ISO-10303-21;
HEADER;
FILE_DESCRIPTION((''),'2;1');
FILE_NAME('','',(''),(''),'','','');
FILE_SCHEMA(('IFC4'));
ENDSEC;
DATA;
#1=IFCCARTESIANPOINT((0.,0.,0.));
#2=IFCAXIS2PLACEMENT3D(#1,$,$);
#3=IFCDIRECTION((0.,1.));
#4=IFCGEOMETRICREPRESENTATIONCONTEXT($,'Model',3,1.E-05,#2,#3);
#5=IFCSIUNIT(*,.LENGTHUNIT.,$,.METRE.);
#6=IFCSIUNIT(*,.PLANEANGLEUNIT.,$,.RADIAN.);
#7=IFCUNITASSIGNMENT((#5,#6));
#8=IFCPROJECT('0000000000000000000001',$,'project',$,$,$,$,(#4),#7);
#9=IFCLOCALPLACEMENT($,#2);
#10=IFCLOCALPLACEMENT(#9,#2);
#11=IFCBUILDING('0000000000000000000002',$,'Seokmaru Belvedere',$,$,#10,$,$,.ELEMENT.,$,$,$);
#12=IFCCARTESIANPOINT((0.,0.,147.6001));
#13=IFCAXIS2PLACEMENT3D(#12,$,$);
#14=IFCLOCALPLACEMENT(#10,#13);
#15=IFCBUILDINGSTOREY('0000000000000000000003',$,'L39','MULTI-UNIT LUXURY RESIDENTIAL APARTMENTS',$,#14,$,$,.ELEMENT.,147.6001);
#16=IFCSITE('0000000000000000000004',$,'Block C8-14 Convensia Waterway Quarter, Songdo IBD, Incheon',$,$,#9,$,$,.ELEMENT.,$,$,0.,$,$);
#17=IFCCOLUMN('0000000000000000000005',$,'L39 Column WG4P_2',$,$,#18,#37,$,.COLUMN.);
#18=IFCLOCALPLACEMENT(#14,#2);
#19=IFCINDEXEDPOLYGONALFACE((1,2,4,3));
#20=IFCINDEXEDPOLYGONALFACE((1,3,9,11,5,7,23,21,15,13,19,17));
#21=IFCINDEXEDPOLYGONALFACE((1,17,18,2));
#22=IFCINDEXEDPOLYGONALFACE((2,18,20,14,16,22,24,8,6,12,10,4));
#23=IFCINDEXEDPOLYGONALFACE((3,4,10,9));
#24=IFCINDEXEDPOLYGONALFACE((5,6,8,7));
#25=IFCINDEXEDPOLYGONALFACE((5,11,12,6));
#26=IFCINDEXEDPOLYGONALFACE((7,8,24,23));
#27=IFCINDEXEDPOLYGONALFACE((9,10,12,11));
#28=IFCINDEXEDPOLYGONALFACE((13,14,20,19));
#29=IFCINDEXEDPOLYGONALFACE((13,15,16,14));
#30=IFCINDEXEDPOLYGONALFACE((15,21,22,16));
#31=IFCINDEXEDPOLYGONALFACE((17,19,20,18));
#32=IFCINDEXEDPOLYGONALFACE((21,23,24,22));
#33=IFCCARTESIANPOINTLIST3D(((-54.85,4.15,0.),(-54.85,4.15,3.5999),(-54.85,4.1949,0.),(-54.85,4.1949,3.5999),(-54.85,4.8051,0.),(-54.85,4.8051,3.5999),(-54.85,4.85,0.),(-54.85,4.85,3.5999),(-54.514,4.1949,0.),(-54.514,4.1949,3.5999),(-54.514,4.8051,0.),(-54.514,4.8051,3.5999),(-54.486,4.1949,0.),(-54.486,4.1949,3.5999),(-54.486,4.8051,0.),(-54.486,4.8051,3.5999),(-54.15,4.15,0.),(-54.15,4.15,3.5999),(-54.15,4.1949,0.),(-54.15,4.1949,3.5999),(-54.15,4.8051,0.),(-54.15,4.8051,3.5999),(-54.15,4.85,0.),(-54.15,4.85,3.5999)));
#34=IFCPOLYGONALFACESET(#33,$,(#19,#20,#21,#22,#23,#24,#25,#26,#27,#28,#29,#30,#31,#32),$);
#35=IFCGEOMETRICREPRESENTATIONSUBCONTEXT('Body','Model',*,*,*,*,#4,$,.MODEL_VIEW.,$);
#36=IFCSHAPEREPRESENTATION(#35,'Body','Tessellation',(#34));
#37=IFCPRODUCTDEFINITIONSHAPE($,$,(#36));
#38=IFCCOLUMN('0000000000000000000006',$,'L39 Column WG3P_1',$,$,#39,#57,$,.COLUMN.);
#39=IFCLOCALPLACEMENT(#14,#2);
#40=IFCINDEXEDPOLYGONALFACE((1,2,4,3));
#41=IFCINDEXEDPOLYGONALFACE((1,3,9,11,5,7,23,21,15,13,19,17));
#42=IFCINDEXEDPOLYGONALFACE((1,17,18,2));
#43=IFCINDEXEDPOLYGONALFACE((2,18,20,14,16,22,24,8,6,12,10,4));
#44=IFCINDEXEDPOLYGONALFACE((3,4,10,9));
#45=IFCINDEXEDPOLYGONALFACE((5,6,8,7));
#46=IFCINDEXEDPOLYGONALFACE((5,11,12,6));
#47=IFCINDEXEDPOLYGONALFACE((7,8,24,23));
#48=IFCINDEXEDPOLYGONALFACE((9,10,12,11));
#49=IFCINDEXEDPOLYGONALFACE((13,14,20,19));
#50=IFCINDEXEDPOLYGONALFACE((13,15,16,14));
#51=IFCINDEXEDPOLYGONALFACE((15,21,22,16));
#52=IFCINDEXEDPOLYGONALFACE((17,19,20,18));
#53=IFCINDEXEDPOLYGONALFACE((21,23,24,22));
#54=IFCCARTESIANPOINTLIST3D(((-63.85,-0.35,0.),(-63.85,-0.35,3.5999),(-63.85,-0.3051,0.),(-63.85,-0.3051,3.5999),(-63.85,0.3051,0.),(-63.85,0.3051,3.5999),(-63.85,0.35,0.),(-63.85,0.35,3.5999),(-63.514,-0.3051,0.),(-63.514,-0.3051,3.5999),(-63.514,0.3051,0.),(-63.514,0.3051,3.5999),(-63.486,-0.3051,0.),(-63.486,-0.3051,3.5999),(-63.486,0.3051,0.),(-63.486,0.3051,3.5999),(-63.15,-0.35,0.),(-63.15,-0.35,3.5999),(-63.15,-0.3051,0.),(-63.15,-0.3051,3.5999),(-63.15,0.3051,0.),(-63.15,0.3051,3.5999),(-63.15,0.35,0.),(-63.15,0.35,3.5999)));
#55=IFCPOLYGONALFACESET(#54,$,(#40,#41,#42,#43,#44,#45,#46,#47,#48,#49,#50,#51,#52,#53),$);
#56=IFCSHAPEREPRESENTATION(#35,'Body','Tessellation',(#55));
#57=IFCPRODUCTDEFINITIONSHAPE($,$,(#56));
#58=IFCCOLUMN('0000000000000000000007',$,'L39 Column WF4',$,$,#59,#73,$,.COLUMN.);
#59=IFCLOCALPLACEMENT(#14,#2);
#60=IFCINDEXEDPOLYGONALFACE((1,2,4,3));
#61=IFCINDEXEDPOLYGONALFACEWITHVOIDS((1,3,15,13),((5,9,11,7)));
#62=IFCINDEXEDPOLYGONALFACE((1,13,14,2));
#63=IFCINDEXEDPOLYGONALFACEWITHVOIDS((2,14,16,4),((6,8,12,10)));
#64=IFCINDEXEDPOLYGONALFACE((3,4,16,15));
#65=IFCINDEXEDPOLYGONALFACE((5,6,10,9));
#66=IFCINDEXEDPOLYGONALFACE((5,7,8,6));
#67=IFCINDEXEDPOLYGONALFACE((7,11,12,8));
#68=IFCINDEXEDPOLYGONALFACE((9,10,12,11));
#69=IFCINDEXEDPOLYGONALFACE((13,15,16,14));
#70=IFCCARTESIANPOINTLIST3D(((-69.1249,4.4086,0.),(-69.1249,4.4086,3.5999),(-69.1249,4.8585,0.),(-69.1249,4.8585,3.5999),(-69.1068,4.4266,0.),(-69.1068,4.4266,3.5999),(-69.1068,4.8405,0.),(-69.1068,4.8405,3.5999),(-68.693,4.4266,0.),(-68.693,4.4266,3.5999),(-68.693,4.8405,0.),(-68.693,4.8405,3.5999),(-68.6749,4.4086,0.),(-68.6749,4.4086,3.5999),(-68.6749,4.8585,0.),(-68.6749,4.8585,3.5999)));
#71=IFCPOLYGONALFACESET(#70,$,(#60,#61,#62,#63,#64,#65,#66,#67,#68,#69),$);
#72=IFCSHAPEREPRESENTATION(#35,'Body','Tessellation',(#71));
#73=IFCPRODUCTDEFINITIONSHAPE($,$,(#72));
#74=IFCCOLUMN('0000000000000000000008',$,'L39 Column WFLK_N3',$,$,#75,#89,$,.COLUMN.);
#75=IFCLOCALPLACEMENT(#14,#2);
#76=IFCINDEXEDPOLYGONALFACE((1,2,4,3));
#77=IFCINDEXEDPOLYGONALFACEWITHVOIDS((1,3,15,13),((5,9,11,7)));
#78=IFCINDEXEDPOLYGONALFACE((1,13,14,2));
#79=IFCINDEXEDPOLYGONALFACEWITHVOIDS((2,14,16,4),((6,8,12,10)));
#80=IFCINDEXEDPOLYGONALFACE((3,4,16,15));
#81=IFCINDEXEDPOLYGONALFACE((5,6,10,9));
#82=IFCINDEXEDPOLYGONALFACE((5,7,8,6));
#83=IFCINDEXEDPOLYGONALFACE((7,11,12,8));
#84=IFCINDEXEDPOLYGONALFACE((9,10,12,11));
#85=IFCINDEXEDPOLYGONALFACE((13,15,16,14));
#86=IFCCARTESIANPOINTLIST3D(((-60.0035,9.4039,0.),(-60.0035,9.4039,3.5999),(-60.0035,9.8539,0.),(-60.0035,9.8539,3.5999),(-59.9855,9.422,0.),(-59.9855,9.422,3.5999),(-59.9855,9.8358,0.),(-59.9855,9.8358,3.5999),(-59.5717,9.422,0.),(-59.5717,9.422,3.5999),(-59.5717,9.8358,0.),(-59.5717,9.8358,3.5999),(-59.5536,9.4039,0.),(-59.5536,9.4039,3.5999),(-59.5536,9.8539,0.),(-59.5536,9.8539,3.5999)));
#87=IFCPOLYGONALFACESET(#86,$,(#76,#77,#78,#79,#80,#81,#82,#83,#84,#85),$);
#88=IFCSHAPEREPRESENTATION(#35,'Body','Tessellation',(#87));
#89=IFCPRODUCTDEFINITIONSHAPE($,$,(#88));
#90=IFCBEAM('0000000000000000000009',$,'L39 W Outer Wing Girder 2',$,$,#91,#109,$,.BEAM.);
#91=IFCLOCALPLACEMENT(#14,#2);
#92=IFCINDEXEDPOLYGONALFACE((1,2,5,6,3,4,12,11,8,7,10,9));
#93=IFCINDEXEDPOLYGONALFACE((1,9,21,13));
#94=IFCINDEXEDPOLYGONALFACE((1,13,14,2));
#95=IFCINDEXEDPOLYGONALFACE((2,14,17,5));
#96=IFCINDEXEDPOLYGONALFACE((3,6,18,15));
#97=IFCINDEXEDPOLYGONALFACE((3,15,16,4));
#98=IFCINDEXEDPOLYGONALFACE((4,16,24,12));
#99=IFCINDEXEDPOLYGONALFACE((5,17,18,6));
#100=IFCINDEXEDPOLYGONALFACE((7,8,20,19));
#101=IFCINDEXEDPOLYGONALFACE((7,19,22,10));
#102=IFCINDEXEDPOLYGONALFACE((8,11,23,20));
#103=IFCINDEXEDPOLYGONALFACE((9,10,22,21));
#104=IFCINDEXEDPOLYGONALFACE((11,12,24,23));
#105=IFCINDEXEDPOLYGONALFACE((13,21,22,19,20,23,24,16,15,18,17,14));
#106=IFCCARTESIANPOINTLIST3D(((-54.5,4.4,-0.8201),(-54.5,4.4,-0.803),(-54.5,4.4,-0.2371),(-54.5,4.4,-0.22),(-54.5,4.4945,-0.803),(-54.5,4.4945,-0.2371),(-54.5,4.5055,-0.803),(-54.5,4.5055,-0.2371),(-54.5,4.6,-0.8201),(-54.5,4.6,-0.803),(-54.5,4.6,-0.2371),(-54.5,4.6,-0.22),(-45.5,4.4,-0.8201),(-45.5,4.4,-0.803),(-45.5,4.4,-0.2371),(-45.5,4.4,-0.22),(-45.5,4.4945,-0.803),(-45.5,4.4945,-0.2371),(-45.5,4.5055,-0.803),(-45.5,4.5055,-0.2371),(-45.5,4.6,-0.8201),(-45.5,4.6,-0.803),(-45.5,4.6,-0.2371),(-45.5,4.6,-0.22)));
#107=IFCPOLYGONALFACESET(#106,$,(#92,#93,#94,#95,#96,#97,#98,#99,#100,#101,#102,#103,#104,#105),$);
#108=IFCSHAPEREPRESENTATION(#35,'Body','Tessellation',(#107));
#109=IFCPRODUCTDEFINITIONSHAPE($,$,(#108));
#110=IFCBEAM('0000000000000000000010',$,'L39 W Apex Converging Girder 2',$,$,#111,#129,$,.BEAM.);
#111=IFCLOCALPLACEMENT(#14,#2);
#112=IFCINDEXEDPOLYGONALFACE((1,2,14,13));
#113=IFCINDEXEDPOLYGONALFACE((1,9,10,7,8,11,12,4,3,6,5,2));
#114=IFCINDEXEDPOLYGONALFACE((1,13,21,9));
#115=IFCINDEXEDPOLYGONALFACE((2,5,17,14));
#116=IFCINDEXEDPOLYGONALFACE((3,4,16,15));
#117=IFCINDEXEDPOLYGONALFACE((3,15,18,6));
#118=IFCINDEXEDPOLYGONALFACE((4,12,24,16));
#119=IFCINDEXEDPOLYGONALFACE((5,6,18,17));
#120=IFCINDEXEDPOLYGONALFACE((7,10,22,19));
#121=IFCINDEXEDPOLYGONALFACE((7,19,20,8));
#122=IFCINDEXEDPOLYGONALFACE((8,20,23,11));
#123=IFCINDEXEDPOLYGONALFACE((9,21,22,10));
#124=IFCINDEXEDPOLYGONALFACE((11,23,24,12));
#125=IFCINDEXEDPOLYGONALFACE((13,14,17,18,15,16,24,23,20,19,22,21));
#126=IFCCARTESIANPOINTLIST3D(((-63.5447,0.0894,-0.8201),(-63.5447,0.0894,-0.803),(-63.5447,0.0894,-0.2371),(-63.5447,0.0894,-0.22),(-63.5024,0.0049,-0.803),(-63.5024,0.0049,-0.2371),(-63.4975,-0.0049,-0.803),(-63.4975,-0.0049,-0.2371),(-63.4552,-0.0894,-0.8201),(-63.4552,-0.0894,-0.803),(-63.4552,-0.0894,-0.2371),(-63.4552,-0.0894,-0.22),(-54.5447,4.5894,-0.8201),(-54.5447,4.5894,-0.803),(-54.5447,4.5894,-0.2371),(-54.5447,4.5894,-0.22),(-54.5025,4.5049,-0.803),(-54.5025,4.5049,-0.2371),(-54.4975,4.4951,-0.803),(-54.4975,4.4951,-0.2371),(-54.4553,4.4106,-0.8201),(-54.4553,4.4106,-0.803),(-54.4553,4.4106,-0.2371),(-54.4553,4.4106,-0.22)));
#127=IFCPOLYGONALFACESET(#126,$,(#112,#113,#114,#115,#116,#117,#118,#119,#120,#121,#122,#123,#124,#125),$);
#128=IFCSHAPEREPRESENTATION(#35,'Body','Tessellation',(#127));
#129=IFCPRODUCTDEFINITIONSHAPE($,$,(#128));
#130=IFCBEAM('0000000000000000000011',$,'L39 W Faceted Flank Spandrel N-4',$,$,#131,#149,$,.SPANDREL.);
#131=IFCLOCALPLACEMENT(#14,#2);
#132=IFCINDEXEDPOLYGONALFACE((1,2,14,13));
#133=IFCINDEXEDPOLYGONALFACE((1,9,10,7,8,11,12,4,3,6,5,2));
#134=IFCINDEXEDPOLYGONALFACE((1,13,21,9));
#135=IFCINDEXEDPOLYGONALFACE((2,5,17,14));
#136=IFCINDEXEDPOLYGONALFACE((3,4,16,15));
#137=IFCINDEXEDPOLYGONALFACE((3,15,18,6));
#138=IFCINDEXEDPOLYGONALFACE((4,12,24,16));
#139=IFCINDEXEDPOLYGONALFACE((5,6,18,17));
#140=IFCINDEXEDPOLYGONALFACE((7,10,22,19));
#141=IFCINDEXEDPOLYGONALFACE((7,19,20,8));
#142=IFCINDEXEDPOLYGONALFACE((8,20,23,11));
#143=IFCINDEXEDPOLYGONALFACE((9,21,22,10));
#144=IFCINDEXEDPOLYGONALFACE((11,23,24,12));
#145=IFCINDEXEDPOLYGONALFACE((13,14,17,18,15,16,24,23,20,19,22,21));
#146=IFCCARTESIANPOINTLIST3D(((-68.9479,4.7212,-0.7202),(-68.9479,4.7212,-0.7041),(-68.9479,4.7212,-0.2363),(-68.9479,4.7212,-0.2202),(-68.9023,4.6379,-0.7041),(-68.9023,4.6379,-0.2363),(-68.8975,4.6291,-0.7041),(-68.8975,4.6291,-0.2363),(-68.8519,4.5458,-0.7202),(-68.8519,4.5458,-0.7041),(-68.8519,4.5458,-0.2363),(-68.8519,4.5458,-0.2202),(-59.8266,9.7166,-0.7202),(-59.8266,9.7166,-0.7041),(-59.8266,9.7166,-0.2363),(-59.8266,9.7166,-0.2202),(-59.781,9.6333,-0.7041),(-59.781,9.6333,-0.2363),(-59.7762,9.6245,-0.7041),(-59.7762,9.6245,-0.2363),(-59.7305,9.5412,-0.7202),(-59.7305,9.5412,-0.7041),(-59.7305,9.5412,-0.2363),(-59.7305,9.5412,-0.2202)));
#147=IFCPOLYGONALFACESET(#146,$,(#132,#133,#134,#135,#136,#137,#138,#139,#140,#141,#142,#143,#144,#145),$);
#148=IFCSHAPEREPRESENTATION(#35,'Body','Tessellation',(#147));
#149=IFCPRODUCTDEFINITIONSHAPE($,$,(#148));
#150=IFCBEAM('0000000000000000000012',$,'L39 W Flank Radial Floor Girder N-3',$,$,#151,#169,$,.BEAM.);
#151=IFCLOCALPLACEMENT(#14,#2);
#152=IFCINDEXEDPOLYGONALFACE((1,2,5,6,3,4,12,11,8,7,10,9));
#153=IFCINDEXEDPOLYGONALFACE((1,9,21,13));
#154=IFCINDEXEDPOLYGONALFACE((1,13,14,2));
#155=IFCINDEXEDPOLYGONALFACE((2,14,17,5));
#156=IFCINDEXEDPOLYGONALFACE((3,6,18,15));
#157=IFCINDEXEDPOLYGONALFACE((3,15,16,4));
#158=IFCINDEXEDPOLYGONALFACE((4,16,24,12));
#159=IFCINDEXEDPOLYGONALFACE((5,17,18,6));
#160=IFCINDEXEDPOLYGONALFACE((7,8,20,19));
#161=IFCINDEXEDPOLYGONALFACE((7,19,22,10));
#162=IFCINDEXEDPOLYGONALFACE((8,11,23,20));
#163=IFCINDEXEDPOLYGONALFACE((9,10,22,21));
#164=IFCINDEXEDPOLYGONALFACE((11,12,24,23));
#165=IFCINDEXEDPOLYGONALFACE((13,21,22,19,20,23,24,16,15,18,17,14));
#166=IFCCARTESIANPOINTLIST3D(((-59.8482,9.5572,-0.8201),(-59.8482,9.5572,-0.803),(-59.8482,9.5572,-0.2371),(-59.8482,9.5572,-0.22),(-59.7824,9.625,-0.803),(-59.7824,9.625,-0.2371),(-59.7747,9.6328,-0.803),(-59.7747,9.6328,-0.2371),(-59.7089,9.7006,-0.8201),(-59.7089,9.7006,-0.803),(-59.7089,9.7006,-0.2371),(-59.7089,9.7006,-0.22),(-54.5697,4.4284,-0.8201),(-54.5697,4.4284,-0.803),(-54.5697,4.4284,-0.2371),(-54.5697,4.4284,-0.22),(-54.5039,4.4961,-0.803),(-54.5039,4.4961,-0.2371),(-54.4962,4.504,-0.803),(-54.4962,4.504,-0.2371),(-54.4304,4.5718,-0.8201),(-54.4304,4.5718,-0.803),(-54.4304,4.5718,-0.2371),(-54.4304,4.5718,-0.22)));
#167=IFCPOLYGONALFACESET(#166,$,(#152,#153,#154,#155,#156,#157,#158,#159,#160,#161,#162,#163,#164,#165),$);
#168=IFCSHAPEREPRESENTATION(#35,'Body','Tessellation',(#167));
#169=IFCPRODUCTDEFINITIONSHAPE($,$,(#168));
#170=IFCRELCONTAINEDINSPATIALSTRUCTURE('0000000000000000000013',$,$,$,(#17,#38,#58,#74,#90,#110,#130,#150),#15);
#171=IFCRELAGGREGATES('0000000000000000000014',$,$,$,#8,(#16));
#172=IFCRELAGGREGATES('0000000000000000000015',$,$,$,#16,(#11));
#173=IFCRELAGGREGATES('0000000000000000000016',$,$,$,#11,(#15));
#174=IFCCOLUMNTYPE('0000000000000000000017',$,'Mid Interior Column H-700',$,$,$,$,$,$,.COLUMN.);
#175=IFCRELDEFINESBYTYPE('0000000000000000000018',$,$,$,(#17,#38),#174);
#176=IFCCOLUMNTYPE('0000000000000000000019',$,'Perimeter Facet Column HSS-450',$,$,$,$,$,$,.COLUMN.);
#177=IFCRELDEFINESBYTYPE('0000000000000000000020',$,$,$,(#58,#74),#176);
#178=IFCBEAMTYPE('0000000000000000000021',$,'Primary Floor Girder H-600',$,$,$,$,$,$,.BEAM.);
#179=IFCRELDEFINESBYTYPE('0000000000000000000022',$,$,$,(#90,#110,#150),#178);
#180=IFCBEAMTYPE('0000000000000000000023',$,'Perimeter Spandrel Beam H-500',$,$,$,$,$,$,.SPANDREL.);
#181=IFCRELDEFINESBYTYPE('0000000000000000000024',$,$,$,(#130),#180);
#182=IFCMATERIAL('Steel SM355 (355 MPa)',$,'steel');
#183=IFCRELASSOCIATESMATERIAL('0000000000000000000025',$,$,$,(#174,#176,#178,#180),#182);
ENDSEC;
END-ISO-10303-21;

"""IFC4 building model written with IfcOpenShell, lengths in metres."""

from ifc_helpers import new_model, si_unit, direction, frame, origin, origin_2d, place, context, subcontext, project, spatial, hollow_rectangle, i_section, extrude, source, transform, mapped, material, material_profile, profile_set, type_object, type_shapes, element, save


model = new_model("IFC4")

# Units and contexts
model_context = context("Model", 3, precision=1e-05, world=origin(), true_north=direction((0.0, 1.0)))
body_context = subcontext(model_context, "Body", "Model", "MODEL_VIEW")
ifc_project = project(units=[si_unit("LENGTHUNIT", "METRE"), si_unit("PLANEANGLEUNIT", "RADIAN")], contexts=[model_context])

# Site, building, storey
site_placement = place(None, origin())
site = spatial("IfcSite", under=ifc_project, at=site_placement, Name="Block C8-14 Convensia Waterway Quarter, Songdo IBD, Incheon", CompositionType="ELEMENT", RefElevation=0.0)
building_placement = place(site_placement, origin())
building = spatial("IfcBuilding", under=site, at=building_placement, Name="Seokmaru Belvedere", CompositionType="ELEMENT")
storey_placement = place(building_placement, frame((0.0, 0.0, 147.6001)))
storey = spatial("IfcBuildingStorey", under=building, at=storey_placement, Name="L39", Description="MULTI-UNIT LUXURY RESIDENTIAL APARTMENTS", CompositionType="ELEMENT", Elevation=147.6001)

# Columns
ifc_material_1 = material(Name="Steel SM355 (355 MPa)", Category="steel")
ifc_material_profile_1 = material_profile(ifc_material_1, i_section(OverallWidth=0.7, OverallDepth=0.7, WebThickness=0.0281, FlangeThickness=0.0449, at=origin_2d()), Name="H-700x700x28x45")
ifc_profile_set_1 = profile_set([ifc_material_profile_1], Name="Steel SM355 (355 MPa)")
column_type_1 = type_object("IfcColumnType", Name="Mid Interior Column H-700", PredefinedType="COLUMN", material=ifc_profile_set_1)
shared_shape_1 = source(origin(), body_context, "Body", "SweptSolid", [
    extrude(i_section(OverallWidth=0.7, OverallDepth=0.7, WebThickness=0.0281, FlangeThickness=0.0449, at=origin_2d()), origin(), (0.0, 0.0, 1.0), 3.5999),
])
type_shapes(column_type_1, [shared_shape_1])
for number, where, z_axis, x_axis, name in (
    (1, (-54.5, 4.5, 0.0), (0.0, 0.0, 1.0), (1.0, 0.0, 0.0), "L39 Column WG4P_2"),
    (2, (-63.5, 0.0, 0.0), (0.0, 0.0, 1.0), (1.0, 0.0, 0.0), "L39 Column WG3P_1"),
):
    element("IfcColumn", number, at=place(storey_placement, frame(where, z_axis=z_axis, x_axis=x_axis)), inside=storey, type_object=column_type_1, Name=name, PredefinedType="COLUMN", context=body_context, shape_type="MappedRepresentation", body=[
        mapped(shared_shape_1, transform((0.0, 0.0, 0.0), scale=1.0)),
    ])
ifc_material_profile_2 = material_profile(ifc_material_1, hollow_rectangle(XDim=0.45, YDim=0.45, WallThickness=0.0181, at=origin_2d()), Name="HSS-450x450x18")
ifc_profile_set_2 = profile_set([ifc_material_profile_2], Name="Steel SM355 (355 MPa)")
column_type_2 = type_object("IfcColumnType", Name="Perimeter Facet Column HSS-450", PredefinedType="COLUMN", material=ifc_profile_set_2)
shared_shape_2 = source(origin(), body_context, "Body", "SweptSolid", [
    extrude(hollow_rectangle(XDim=0.45, YDim=0.45, WallThickness=0.0181, at=origin_2d()), origin(), (0.0, 0.0, 1.0), 3.5999),
])
type_shapes(column_type_2, [shared_shape_2])
for number, where, z_axis, x_axis, name in (
    (3, (-68.8999, 4.6335, 0.0), (0.0, 0.0, 1.0), (1.0, 0.0, 0.0), "L39 Column WF4"),
    (4, (-59.7786, 9.6289, 0.0), (0.0, 0.0, 1.0), (1.0, 0.0, 0.0), "L39 Column WFLK_N3"),
):
    element("IfcColumn", number, at=place(storey_placement, frame(where, z_axis=z_axis, x_axis=x_axis)), inside=storey, type_object=column_type_2, Name=name, PredefinedType="COLUMN", context=body_context, shape_type="MappedRepresentation", body=[
        mapped(shared_shape_2, transform((0.0, 0.0, 0.0), scale=1.0)),
    ])

# Beams
ifc_material_profile_3 = material_profile(ifc_material_1, i_section(OverallWidth=0.2, OverallDepth=0.6001, WebThickness=0.011, FlangeThickness=0.0171, at=origin_2d()), Name="H-600x200x11x17")
ifc_profile_set_3 = profile_set([ifc_material_profile_3], Name="Steel SM355 (355 MPa)")
beam_type_1 = type_object("IfcBeamType", Name="Primary Floor Girder H-600", PredefinedType="BEAM", material=ifc_profile_set_3)
shared_shape_3 = source(origin(), body_context, "Body", "SweptSolid", [
    extrude(i_section(OverallWidth=0.2, OverallDepth=0.6001, WebThickness=0.011, FlangeThickness=0.0171, at=origin_2d()), origin(), (0.0, 0.0, 1.0), 9.0),
])
beam_1_placement = place(storey_placement, frame((-54.5, 4.5, -0.52), z_axis=(1.0, 0.0, 0.0), x_axis=(0.0, 1.0, 0.0)))
element("IfcBeam", 5, at=beam_1_placement, inside=storey, type_object=beam_type_1, Name="L39 W Outer Wing Girder 2", PredefinedType="BEAM", context=body_context, shape_type="MappedRepresentation", body=[
    mapped(shared_shape_3, transform((0.0, 0.0, 0.0), scale=1.0)),
])
shared_shape_4 = source(origin(), body_context, "Body", "SweptSolid", [
    extrude(i_section(OverallWidth=0.2, OverallDepth=0.6001, WebThickness=0.011, FlangeThickness=0.0171, at=origin_2d()), origin(), (0.0, 0.0, 1.0), 10.0623),
])
beam_2_placement = place(storey_placement, frame((-54.5, 4.5, -0.52), z_axis=(-0.894427, -0.447214, 0.0), x_axis=(0.447214, -0.894427, 0.0)))
element("IfcBeam", 6, at=beam_2_placement, inside=storey, type_object=beam_type_1, Name="L39 W Apex Converging Girder 2", PredefinedType="BEAM", context=body_context, shape_type="MappedRepresentation", body=[
    mapped(shared_shape_4, transform((0.0, 0.0, 0.0), scale=1.0)),
])
ifc_material_profile_4 = material_profile(ifc_material_1, i_section(OverallWidth=0.2, OverallDepth=0.5, WebThickness=0.01, FlangeThickness=0.0161, at=origin_2d()), Name="H-500x200x10x16")
ifc_profile_set_4 = profile_set([ifc_material_profile_4], Name="Steel SM355 (355 MPa)")
beam_type_2 = type_object("IfcBeamType", Name="Perimeter Spandrel Beam H-500", PredefinedType="SPANDREL", material=ifc_profile_set_4)
shared_shape_5 = source(origin(), body_context, "Body", "SweptSolid", [
    extrude(i_section(OverallWidth=0.2, OverallDepth=0.5, WebThickness=0.01, FlangeThickness=0.0161, at=origin_2d()), origin(), (0.0, 0.0, 1.0), 10.3997),
])
type_shapes(beam_type_2, [shared_shape_5])
beam_3_placement = place(storey_placement, frame((-59.7786, 9.6289, -0.4702), z_axis=(-0.877082, -0.48034, 0.0), x_axis=(0.48034, -0.877082, 0.0)))
element("IfcBeam", 7, at=beam_3_placement, inside=storey, type_object=beam_type_2, Name="L39 W Faceted Flank Spandrel N-4", PredefinedType="SPANDREL", context=body_context, shape_type="MappedRepresentation", body=[
    mapped(shared_shape_5, transform((0.0, 0.0, 0.0), scale=1.0)),
])
shared_shape_6 = source(origin(), body_context, "Body", "SweptSolid", [
    extrude(i_section(OverallWidth=0.2, OverallDepth=0.6001, WebThickness=0.011, FlangeThickness=0.0171, at=origin_2d()), origin(), (0.0, 0.0, 1.0), 7.3599),
])
beam_4_placement = place(storey_placement, frame((-59.7786, 9.6289, -0.52), z_axis=(0.717201, -0.696867, 0.0), x_axis=(0.696867, 0.717201, 0.0)))
element("IfcBeam", 8, at=beam_4_placement, inside=storey, type_object=beam_type_1, Name="L39 W Flank Radial Floor Girder N-3", PredefinedType="BEAM", context=body_context, shape_type="MappedRepresentation", body=[
    mapped(shared_shape_6, transform((0.0, 0.0, 0.0), scale=1.0)),
])

save(model, "model.ifc")
